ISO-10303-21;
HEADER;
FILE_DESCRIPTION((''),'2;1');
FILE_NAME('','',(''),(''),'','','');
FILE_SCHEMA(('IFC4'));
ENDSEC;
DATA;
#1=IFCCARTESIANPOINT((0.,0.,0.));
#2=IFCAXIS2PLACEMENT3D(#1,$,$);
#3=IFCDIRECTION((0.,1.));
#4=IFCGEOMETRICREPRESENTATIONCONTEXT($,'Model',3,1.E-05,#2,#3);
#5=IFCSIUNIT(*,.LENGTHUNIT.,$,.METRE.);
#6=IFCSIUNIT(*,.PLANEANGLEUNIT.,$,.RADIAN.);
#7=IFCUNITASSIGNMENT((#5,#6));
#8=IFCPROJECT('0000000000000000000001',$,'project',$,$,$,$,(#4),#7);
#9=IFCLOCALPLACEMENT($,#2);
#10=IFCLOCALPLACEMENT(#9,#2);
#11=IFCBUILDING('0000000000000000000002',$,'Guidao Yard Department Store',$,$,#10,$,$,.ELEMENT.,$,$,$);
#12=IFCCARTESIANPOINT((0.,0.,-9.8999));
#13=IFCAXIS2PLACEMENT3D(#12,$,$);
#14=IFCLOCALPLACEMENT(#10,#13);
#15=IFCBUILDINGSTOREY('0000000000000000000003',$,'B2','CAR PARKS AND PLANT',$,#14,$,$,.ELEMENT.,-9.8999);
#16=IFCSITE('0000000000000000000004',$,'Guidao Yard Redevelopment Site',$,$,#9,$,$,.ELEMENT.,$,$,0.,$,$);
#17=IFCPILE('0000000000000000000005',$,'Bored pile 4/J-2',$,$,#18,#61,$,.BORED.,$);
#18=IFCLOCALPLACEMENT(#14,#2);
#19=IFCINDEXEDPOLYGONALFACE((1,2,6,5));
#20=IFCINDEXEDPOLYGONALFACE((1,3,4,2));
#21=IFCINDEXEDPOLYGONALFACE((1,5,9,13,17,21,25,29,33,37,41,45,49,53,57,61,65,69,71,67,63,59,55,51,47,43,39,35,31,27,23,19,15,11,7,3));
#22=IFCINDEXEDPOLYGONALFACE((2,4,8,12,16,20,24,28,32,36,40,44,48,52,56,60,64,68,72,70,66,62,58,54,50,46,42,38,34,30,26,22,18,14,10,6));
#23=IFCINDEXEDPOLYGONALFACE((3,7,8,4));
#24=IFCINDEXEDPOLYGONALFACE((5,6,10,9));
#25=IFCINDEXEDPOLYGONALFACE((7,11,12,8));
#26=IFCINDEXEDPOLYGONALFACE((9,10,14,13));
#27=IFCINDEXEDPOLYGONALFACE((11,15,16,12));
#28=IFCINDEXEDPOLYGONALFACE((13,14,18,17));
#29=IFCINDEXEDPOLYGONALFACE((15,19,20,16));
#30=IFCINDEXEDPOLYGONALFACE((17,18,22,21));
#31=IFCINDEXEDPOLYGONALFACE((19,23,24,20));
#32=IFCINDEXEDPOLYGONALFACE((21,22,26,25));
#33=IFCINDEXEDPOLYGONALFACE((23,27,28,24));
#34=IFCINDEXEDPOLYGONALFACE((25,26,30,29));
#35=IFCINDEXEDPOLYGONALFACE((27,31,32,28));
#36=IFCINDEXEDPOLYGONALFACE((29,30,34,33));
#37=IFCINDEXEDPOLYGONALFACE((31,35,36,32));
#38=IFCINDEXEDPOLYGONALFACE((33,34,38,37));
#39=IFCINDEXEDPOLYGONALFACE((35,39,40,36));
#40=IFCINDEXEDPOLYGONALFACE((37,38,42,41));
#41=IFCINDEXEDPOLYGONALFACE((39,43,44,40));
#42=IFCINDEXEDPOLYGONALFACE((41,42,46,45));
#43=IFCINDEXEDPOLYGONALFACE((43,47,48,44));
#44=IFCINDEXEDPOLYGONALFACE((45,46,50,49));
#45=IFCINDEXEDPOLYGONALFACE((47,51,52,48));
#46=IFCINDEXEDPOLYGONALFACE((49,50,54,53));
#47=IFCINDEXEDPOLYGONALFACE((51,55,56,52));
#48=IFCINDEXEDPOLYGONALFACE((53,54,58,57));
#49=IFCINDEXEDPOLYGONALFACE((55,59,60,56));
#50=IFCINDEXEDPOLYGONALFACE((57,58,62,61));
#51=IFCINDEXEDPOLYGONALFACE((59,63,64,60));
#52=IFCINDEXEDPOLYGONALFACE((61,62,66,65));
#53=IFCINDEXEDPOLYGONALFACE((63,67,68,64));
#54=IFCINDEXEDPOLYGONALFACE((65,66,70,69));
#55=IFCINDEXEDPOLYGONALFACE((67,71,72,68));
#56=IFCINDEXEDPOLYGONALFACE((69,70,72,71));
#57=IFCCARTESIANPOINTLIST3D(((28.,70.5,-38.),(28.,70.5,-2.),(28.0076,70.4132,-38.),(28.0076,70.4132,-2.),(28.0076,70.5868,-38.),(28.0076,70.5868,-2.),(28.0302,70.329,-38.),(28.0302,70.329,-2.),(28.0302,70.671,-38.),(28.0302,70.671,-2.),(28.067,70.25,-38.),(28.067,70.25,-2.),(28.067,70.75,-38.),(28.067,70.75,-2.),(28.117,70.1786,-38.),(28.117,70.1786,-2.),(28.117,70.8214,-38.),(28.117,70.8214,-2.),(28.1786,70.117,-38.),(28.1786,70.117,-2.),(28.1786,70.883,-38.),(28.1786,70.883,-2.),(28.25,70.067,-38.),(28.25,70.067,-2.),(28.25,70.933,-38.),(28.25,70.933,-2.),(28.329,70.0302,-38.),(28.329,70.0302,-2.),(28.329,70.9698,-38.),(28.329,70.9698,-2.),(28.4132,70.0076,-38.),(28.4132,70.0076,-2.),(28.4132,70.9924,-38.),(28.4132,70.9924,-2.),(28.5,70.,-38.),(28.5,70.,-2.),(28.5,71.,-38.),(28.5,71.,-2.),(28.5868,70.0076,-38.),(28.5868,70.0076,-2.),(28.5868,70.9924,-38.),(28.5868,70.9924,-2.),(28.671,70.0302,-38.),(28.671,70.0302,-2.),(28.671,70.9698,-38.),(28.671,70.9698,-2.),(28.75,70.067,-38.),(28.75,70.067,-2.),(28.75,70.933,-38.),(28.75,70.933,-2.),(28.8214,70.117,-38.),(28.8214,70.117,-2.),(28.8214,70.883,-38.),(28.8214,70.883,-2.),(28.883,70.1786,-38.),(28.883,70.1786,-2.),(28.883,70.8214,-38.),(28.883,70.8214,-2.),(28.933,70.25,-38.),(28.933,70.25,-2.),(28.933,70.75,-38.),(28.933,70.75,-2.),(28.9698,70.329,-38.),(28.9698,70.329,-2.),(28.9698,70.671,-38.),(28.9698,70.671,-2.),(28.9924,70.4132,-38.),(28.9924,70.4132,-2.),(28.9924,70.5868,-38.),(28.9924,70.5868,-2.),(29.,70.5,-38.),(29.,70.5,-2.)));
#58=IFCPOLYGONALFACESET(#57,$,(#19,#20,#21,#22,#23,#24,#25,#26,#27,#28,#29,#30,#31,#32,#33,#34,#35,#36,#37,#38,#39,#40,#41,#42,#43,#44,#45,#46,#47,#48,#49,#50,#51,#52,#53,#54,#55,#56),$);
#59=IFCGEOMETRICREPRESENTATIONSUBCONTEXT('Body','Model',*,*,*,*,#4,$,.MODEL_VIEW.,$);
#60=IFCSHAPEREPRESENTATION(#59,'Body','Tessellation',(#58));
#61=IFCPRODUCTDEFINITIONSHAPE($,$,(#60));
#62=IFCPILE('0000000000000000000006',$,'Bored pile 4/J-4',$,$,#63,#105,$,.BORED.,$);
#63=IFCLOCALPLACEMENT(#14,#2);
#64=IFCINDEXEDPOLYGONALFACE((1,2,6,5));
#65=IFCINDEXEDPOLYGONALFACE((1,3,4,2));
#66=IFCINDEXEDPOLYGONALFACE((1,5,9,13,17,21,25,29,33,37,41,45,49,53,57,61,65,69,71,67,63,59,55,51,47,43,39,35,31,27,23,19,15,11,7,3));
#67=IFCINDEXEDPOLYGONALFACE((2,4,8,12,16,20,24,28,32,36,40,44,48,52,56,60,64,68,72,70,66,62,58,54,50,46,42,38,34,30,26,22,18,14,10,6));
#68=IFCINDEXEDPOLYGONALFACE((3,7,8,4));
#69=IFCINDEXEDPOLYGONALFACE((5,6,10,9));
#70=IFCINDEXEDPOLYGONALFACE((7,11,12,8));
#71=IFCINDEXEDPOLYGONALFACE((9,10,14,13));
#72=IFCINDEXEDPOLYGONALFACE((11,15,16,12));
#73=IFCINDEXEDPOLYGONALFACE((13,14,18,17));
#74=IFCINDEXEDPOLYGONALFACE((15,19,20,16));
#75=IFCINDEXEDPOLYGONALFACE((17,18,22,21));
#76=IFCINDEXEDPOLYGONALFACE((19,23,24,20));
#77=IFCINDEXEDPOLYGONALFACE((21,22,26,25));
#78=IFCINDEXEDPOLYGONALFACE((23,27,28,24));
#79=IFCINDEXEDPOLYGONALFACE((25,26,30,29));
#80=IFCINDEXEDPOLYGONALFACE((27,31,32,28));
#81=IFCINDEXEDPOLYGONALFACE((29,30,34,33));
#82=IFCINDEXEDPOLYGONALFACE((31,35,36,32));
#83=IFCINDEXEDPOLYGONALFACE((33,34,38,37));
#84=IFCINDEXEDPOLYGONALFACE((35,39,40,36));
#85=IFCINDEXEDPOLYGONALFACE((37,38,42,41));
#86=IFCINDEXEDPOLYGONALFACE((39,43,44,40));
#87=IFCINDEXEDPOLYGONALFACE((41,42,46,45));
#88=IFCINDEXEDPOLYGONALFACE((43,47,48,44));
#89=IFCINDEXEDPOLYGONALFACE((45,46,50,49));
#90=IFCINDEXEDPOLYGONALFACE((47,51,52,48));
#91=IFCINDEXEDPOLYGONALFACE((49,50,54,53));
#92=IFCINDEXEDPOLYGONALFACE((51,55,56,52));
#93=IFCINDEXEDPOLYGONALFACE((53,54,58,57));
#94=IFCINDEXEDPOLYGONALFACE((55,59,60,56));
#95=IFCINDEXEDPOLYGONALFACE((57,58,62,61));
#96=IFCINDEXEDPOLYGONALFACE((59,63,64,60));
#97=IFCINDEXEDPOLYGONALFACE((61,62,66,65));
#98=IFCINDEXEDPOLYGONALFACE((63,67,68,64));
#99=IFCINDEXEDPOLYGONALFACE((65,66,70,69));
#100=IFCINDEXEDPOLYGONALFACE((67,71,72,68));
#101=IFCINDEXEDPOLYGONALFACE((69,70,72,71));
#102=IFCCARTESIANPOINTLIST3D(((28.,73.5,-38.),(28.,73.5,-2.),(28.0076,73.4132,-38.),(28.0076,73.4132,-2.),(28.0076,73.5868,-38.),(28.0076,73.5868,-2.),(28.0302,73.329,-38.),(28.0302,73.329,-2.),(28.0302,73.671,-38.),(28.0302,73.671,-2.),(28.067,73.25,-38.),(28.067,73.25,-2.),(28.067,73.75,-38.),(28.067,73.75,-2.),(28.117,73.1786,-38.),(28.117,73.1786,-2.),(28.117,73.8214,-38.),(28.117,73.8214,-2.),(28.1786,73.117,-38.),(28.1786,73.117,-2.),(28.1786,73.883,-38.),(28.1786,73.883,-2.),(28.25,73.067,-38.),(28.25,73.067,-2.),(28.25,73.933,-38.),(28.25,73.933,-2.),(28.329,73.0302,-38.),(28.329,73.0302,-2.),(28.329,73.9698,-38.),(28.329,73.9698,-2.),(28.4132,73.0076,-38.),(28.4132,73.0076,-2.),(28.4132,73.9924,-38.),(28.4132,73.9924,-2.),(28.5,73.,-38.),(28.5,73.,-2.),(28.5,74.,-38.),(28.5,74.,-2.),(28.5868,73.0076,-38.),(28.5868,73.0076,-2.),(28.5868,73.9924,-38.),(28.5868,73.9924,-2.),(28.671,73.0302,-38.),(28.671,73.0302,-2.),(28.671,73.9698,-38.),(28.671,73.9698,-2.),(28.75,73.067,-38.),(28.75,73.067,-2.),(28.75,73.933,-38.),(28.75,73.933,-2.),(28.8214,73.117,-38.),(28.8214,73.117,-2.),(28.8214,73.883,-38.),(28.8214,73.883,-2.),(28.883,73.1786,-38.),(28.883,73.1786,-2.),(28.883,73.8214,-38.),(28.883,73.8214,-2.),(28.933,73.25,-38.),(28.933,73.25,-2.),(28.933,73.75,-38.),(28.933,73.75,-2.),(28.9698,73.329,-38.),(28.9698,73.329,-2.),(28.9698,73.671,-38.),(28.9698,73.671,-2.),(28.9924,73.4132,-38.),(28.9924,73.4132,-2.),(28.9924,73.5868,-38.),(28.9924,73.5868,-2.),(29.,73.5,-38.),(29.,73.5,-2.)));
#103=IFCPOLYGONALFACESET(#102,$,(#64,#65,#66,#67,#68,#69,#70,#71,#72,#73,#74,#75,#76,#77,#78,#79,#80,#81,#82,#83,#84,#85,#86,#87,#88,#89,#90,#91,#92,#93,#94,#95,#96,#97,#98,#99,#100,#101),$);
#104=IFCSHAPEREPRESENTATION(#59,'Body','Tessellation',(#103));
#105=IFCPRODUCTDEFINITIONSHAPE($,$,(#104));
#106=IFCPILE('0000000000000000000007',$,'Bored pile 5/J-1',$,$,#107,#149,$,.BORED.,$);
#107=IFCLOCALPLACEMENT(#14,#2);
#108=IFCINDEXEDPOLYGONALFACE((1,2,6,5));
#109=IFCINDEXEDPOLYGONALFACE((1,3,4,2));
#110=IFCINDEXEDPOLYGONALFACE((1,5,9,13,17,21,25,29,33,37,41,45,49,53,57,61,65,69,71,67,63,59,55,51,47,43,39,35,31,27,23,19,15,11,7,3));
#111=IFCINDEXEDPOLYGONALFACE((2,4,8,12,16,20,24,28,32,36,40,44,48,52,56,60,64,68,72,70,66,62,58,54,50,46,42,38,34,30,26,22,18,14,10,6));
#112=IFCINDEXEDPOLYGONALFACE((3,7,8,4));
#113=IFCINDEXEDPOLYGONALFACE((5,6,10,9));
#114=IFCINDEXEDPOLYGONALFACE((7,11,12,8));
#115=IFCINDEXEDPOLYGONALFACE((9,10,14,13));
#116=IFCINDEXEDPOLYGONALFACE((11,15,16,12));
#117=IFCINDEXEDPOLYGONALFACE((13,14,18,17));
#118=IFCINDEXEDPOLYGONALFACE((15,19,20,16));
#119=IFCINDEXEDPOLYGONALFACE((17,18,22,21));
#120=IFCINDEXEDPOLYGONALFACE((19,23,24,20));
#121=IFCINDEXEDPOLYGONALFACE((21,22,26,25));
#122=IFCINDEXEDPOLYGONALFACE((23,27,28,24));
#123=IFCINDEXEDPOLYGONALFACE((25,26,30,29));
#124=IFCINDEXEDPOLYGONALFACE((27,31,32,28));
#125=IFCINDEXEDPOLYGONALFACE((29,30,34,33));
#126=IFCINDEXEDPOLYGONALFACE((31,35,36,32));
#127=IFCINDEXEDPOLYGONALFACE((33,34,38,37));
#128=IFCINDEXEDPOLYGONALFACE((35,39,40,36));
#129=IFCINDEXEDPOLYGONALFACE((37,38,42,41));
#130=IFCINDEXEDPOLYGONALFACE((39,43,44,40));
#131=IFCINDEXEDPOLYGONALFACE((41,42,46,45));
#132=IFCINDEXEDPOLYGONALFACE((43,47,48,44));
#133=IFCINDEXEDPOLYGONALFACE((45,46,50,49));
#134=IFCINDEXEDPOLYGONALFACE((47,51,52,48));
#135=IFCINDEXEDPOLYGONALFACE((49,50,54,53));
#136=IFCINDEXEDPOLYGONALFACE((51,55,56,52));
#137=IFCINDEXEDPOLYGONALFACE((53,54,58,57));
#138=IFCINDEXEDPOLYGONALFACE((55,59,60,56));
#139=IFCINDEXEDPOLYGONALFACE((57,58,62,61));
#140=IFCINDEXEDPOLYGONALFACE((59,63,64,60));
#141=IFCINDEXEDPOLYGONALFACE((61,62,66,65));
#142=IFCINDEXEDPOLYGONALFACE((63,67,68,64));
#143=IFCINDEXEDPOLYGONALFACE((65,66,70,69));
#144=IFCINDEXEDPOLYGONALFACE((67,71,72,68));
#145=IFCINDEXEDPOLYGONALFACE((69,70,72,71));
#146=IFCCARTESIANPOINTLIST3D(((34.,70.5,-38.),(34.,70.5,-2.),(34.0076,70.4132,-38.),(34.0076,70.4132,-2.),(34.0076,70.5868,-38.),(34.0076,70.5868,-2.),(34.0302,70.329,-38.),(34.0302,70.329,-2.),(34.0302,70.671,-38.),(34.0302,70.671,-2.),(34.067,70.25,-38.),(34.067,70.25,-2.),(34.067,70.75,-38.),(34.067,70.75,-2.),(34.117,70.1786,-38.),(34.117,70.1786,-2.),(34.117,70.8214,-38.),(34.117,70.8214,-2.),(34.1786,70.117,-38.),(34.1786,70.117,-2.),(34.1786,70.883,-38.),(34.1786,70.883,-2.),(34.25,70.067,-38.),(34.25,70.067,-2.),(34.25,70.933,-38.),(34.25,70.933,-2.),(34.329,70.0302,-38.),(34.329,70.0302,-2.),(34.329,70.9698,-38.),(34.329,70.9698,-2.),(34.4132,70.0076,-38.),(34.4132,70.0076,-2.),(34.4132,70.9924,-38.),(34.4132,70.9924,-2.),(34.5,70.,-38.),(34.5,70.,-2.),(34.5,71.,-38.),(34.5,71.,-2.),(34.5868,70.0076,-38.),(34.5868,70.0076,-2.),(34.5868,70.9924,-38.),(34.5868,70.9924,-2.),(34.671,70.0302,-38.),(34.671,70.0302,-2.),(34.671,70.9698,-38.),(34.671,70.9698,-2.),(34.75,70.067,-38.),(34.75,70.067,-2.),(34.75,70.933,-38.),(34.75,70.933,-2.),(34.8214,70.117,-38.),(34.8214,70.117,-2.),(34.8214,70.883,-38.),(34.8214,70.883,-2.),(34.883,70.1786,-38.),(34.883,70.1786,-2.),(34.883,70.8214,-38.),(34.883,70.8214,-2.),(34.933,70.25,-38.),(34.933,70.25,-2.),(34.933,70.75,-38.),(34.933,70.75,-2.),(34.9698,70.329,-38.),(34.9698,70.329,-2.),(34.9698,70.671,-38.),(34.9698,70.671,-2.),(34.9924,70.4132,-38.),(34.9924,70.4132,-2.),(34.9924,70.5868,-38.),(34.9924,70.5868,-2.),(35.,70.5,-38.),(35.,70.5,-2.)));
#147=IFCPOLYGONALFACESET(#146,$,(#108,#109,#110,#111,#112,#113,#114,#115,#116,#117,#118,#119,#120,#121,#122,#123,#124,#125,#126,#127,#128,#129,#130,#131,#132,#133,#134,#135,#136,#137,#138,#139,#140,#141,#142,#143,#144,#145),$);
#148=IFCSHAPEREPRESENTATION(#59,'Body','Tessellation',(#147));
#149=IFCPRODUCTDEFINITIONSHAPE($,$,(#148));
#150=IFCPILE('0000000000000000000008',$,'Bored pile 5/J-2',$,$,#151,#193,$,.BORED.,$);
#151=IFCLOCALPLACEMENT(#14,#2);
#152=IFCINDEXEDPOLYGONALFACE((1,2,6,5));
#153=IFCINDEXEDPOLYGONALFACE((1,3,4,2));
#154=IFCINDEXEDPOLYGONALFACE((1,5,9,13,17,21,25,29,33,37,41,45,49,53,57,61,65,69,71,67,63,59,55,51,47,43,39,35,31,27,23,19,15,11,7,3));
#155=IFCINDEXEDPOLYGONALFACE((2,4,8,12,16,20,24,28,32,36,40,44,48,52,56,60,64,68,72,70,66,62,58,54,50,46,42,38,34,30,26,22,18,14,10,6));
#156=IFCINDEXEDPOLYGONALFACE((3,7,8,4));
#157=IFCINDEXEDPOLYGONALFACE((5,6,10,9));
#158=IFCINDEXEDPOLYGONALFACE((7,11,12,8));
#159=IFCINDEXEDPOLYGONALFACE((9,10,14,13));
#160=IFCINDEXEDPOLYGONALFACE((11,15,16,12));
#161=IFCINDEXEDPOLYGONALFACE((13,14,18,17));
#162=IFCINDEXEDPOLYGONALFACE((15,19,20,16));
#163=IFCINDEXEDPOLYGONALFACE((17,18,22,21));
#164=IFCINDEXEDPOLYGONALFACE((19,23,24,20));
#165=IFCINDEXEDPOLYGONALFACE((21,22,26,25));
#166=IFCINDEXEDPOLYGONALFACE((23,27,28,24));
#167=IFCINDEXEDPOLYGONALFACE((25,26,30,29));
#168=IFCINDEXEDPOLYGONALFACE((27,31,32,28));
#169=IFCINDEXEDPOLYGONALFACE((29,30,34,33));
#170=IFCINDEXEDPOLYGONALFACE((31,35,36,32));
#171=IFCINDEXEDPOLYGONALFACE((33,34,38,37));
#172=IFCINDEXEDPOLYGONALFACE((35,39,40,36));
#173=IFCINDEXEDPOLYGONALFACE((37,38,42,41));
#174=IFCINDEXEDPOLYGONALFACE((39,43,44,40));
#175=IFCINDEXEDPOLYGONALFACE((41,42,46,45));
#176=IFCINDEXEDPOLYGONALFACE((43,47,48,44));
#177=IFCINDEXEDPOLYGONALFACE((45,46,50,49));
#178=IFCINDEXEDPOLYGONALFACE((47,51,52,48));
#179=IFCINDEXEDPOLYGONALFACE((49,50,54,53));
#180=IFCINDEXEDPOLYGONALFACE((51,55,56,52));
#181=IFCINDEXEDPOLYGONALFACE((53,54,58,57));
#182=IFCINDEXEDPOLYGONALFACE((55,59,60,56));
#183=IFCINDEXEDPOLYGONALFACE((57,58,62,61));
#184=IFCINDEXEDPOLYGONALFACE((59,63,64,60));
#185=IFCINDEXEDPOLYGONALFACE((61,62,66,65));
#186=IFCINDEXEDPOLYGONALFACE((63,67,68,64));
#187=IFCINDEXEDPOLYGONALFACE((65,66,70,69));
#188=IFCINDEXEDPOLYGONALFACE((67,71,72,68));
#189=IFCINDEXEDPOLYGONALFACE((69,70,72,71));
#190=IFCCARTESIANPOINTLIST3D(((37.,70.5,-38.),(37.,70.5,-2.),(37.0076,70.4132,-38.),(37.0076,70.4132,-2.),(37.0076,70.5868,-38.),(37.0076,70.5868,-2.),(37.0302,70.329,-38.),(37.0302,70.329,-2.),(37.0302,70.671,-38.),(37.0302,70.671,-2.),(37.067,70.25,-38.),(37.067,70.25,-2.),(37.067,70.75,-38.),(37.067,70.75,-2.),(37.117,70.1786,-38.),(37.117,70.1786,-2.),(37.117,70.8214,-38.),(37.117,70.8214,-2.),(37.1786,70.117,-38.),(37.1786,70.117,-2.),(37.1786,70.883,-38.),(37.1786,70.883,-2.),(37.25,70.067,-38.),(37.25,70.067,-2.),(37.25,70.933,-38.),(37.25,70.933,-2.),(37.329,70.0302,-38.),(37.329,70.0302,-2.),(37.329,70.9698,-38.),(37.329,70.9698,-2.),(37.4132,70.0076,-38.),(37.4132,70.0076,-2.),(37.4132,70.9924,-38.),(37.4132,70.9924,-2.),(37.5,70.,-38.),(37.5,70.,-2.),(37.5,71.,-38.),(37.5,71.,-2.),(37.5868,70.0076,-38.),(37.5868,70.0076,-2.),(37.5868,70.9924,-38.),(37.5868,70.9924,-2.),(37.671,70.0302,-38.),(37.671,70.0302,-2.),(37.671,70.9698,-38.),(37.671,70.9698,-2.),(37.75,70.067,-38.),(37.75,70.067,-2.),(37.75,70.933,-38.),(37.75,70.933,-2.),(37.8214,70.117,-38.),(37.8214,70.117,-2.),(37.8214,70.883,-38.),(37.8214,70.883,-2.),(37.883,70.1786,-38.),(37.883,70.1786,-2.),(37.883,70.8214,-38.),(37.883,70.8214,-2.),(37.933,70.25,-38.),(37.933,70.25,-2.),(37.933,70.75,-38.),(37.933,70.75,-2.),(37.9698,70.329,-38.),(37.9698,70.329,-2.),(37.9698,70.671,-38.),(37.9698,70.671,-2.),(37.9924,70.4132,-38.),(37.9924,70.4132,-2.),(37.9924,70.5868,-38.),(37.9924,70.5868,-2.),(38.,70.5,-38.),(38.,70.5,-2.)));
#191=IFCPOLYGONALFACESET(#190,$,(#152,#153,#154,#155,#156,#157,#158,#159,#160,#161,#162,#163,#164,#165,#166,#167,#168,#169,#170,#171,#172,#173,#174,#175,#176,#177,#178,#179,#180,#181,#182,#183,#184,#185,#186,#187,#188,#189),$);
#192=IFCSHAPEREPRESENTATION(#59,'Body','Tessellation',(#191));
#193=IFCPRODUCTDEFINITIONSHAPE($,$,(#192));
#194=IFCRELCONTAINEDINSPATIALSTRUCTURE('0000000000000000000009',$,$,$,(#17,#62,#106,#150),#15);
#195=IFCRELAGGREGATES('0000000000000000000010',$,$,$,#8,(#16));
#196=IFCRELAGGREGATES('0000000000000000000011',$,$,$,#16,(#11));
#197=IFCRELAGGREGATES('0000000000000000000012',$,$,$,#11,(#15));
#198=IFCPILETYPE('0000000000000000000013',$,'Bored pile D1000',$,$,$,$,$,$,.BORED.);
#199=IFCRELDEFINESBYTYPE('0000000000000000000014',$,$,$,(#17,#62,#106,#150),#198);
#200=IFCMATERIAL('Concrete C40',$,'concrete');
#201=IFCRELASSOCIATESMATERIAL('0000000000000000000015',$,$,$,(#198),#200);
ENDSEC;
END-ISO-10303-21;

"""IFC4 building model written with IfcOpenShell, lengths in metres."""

from ifc_helpers import new_model, si_unit, direction, frame, origin, origin_2d, place, context, subcontext, project, spatial, circle, extrude, material, material_profile, profile_set, type_object, element, save


model = new_model("IFC4")

# Units and contexts
model_context = context("Model", 3, precision=1e-05, world=origin(), true_north=direction((0.0, 1.0)))
body_context = subcontext(model_context, "Body", "Model", "MODEL_VIEW")
ifc_project = project(units=[si_unit("LENGTHUNIT", "METRE"), si_unit("PLANEANGLEUNIT", "RADIAN")], contexts=[model_context])

# Site, building, storey
site_placement = place(None, origin())
site = spatial("IfcSite", under=ifc_project, at=site_placement, Name="Guidao Yard Redevelopment Site", CompositionType="ELEMENT", RefElevation=0.0)
building_placement = place(site_placement, origin())
building = spatial("IfcBuilding", under=site, at=building_placement, Name="Guidao Yard Department Store", CompositionType="ELEMENT")
storey_placement = place(building_placement, frame((0.0, 0.0, -9.8999)))
storey = spatial("IfcBuildingStorey", under=building, at=storey_placement, Name="B2", Description="CAR PARKS AND PLANT", CompositionType="ELEMENT", Elevation=-9.8999)

# Piles
ifc_material_1 = material(Name="Concrete C40", Category="concrete")
ifc_material_profile_1 = material_profile(ifc_material_1, circle(Radius=0.5, at=origin_2d()), Name="Bored pile D1000")
ifc_profile_set_1 = profile_set([ifc_material_profile_1], Name="Concrete C40")
pile_type = type_object("IfcPileType", Name="Bored pile D1000", PredefinedType="BORED", material=ifc_profile_set_1)
for number, where, z_axis, x_axis, name in (
    (1, (28.5, 70.5, -2.0), (0.0, 0.0, -1.0), (1.0, 0.0, 0.0), "Bored pile 4/J-2"),
    (2, (28.5, 73.5, -2.0), (0.0, 0.0, -1.0), (1.0, 0.0, 0.0), "Bored pile 4/J-4"),
    (3, (34.5, 70.5, -2.0), (0.0, 0.0, -1.0), (1.0, 0.0, 0.0), "Bored pile 5/J-1"),
    (4, (37.5, 70.5, -2.0), (0.0, 0.0, -1.0), (1.0, 0.0, 0.0), "Bored pile 5/J-2"),
):
    element("IfcPile", number, at=place(storey_placement, frame(where, z_axis=z_axis, x_axis=x_axis)), inside=storey, type_object=pile_type, Name=name, PredefinedType="BORED", context=body_context, shape_type="SweptSolid", body=[
        extrude(circle(Radius=0.5, at=origin_2d()), origin(), (0.0, 0.0, 1.0), 36.0),
    ])

save(model, "model.ifc")
